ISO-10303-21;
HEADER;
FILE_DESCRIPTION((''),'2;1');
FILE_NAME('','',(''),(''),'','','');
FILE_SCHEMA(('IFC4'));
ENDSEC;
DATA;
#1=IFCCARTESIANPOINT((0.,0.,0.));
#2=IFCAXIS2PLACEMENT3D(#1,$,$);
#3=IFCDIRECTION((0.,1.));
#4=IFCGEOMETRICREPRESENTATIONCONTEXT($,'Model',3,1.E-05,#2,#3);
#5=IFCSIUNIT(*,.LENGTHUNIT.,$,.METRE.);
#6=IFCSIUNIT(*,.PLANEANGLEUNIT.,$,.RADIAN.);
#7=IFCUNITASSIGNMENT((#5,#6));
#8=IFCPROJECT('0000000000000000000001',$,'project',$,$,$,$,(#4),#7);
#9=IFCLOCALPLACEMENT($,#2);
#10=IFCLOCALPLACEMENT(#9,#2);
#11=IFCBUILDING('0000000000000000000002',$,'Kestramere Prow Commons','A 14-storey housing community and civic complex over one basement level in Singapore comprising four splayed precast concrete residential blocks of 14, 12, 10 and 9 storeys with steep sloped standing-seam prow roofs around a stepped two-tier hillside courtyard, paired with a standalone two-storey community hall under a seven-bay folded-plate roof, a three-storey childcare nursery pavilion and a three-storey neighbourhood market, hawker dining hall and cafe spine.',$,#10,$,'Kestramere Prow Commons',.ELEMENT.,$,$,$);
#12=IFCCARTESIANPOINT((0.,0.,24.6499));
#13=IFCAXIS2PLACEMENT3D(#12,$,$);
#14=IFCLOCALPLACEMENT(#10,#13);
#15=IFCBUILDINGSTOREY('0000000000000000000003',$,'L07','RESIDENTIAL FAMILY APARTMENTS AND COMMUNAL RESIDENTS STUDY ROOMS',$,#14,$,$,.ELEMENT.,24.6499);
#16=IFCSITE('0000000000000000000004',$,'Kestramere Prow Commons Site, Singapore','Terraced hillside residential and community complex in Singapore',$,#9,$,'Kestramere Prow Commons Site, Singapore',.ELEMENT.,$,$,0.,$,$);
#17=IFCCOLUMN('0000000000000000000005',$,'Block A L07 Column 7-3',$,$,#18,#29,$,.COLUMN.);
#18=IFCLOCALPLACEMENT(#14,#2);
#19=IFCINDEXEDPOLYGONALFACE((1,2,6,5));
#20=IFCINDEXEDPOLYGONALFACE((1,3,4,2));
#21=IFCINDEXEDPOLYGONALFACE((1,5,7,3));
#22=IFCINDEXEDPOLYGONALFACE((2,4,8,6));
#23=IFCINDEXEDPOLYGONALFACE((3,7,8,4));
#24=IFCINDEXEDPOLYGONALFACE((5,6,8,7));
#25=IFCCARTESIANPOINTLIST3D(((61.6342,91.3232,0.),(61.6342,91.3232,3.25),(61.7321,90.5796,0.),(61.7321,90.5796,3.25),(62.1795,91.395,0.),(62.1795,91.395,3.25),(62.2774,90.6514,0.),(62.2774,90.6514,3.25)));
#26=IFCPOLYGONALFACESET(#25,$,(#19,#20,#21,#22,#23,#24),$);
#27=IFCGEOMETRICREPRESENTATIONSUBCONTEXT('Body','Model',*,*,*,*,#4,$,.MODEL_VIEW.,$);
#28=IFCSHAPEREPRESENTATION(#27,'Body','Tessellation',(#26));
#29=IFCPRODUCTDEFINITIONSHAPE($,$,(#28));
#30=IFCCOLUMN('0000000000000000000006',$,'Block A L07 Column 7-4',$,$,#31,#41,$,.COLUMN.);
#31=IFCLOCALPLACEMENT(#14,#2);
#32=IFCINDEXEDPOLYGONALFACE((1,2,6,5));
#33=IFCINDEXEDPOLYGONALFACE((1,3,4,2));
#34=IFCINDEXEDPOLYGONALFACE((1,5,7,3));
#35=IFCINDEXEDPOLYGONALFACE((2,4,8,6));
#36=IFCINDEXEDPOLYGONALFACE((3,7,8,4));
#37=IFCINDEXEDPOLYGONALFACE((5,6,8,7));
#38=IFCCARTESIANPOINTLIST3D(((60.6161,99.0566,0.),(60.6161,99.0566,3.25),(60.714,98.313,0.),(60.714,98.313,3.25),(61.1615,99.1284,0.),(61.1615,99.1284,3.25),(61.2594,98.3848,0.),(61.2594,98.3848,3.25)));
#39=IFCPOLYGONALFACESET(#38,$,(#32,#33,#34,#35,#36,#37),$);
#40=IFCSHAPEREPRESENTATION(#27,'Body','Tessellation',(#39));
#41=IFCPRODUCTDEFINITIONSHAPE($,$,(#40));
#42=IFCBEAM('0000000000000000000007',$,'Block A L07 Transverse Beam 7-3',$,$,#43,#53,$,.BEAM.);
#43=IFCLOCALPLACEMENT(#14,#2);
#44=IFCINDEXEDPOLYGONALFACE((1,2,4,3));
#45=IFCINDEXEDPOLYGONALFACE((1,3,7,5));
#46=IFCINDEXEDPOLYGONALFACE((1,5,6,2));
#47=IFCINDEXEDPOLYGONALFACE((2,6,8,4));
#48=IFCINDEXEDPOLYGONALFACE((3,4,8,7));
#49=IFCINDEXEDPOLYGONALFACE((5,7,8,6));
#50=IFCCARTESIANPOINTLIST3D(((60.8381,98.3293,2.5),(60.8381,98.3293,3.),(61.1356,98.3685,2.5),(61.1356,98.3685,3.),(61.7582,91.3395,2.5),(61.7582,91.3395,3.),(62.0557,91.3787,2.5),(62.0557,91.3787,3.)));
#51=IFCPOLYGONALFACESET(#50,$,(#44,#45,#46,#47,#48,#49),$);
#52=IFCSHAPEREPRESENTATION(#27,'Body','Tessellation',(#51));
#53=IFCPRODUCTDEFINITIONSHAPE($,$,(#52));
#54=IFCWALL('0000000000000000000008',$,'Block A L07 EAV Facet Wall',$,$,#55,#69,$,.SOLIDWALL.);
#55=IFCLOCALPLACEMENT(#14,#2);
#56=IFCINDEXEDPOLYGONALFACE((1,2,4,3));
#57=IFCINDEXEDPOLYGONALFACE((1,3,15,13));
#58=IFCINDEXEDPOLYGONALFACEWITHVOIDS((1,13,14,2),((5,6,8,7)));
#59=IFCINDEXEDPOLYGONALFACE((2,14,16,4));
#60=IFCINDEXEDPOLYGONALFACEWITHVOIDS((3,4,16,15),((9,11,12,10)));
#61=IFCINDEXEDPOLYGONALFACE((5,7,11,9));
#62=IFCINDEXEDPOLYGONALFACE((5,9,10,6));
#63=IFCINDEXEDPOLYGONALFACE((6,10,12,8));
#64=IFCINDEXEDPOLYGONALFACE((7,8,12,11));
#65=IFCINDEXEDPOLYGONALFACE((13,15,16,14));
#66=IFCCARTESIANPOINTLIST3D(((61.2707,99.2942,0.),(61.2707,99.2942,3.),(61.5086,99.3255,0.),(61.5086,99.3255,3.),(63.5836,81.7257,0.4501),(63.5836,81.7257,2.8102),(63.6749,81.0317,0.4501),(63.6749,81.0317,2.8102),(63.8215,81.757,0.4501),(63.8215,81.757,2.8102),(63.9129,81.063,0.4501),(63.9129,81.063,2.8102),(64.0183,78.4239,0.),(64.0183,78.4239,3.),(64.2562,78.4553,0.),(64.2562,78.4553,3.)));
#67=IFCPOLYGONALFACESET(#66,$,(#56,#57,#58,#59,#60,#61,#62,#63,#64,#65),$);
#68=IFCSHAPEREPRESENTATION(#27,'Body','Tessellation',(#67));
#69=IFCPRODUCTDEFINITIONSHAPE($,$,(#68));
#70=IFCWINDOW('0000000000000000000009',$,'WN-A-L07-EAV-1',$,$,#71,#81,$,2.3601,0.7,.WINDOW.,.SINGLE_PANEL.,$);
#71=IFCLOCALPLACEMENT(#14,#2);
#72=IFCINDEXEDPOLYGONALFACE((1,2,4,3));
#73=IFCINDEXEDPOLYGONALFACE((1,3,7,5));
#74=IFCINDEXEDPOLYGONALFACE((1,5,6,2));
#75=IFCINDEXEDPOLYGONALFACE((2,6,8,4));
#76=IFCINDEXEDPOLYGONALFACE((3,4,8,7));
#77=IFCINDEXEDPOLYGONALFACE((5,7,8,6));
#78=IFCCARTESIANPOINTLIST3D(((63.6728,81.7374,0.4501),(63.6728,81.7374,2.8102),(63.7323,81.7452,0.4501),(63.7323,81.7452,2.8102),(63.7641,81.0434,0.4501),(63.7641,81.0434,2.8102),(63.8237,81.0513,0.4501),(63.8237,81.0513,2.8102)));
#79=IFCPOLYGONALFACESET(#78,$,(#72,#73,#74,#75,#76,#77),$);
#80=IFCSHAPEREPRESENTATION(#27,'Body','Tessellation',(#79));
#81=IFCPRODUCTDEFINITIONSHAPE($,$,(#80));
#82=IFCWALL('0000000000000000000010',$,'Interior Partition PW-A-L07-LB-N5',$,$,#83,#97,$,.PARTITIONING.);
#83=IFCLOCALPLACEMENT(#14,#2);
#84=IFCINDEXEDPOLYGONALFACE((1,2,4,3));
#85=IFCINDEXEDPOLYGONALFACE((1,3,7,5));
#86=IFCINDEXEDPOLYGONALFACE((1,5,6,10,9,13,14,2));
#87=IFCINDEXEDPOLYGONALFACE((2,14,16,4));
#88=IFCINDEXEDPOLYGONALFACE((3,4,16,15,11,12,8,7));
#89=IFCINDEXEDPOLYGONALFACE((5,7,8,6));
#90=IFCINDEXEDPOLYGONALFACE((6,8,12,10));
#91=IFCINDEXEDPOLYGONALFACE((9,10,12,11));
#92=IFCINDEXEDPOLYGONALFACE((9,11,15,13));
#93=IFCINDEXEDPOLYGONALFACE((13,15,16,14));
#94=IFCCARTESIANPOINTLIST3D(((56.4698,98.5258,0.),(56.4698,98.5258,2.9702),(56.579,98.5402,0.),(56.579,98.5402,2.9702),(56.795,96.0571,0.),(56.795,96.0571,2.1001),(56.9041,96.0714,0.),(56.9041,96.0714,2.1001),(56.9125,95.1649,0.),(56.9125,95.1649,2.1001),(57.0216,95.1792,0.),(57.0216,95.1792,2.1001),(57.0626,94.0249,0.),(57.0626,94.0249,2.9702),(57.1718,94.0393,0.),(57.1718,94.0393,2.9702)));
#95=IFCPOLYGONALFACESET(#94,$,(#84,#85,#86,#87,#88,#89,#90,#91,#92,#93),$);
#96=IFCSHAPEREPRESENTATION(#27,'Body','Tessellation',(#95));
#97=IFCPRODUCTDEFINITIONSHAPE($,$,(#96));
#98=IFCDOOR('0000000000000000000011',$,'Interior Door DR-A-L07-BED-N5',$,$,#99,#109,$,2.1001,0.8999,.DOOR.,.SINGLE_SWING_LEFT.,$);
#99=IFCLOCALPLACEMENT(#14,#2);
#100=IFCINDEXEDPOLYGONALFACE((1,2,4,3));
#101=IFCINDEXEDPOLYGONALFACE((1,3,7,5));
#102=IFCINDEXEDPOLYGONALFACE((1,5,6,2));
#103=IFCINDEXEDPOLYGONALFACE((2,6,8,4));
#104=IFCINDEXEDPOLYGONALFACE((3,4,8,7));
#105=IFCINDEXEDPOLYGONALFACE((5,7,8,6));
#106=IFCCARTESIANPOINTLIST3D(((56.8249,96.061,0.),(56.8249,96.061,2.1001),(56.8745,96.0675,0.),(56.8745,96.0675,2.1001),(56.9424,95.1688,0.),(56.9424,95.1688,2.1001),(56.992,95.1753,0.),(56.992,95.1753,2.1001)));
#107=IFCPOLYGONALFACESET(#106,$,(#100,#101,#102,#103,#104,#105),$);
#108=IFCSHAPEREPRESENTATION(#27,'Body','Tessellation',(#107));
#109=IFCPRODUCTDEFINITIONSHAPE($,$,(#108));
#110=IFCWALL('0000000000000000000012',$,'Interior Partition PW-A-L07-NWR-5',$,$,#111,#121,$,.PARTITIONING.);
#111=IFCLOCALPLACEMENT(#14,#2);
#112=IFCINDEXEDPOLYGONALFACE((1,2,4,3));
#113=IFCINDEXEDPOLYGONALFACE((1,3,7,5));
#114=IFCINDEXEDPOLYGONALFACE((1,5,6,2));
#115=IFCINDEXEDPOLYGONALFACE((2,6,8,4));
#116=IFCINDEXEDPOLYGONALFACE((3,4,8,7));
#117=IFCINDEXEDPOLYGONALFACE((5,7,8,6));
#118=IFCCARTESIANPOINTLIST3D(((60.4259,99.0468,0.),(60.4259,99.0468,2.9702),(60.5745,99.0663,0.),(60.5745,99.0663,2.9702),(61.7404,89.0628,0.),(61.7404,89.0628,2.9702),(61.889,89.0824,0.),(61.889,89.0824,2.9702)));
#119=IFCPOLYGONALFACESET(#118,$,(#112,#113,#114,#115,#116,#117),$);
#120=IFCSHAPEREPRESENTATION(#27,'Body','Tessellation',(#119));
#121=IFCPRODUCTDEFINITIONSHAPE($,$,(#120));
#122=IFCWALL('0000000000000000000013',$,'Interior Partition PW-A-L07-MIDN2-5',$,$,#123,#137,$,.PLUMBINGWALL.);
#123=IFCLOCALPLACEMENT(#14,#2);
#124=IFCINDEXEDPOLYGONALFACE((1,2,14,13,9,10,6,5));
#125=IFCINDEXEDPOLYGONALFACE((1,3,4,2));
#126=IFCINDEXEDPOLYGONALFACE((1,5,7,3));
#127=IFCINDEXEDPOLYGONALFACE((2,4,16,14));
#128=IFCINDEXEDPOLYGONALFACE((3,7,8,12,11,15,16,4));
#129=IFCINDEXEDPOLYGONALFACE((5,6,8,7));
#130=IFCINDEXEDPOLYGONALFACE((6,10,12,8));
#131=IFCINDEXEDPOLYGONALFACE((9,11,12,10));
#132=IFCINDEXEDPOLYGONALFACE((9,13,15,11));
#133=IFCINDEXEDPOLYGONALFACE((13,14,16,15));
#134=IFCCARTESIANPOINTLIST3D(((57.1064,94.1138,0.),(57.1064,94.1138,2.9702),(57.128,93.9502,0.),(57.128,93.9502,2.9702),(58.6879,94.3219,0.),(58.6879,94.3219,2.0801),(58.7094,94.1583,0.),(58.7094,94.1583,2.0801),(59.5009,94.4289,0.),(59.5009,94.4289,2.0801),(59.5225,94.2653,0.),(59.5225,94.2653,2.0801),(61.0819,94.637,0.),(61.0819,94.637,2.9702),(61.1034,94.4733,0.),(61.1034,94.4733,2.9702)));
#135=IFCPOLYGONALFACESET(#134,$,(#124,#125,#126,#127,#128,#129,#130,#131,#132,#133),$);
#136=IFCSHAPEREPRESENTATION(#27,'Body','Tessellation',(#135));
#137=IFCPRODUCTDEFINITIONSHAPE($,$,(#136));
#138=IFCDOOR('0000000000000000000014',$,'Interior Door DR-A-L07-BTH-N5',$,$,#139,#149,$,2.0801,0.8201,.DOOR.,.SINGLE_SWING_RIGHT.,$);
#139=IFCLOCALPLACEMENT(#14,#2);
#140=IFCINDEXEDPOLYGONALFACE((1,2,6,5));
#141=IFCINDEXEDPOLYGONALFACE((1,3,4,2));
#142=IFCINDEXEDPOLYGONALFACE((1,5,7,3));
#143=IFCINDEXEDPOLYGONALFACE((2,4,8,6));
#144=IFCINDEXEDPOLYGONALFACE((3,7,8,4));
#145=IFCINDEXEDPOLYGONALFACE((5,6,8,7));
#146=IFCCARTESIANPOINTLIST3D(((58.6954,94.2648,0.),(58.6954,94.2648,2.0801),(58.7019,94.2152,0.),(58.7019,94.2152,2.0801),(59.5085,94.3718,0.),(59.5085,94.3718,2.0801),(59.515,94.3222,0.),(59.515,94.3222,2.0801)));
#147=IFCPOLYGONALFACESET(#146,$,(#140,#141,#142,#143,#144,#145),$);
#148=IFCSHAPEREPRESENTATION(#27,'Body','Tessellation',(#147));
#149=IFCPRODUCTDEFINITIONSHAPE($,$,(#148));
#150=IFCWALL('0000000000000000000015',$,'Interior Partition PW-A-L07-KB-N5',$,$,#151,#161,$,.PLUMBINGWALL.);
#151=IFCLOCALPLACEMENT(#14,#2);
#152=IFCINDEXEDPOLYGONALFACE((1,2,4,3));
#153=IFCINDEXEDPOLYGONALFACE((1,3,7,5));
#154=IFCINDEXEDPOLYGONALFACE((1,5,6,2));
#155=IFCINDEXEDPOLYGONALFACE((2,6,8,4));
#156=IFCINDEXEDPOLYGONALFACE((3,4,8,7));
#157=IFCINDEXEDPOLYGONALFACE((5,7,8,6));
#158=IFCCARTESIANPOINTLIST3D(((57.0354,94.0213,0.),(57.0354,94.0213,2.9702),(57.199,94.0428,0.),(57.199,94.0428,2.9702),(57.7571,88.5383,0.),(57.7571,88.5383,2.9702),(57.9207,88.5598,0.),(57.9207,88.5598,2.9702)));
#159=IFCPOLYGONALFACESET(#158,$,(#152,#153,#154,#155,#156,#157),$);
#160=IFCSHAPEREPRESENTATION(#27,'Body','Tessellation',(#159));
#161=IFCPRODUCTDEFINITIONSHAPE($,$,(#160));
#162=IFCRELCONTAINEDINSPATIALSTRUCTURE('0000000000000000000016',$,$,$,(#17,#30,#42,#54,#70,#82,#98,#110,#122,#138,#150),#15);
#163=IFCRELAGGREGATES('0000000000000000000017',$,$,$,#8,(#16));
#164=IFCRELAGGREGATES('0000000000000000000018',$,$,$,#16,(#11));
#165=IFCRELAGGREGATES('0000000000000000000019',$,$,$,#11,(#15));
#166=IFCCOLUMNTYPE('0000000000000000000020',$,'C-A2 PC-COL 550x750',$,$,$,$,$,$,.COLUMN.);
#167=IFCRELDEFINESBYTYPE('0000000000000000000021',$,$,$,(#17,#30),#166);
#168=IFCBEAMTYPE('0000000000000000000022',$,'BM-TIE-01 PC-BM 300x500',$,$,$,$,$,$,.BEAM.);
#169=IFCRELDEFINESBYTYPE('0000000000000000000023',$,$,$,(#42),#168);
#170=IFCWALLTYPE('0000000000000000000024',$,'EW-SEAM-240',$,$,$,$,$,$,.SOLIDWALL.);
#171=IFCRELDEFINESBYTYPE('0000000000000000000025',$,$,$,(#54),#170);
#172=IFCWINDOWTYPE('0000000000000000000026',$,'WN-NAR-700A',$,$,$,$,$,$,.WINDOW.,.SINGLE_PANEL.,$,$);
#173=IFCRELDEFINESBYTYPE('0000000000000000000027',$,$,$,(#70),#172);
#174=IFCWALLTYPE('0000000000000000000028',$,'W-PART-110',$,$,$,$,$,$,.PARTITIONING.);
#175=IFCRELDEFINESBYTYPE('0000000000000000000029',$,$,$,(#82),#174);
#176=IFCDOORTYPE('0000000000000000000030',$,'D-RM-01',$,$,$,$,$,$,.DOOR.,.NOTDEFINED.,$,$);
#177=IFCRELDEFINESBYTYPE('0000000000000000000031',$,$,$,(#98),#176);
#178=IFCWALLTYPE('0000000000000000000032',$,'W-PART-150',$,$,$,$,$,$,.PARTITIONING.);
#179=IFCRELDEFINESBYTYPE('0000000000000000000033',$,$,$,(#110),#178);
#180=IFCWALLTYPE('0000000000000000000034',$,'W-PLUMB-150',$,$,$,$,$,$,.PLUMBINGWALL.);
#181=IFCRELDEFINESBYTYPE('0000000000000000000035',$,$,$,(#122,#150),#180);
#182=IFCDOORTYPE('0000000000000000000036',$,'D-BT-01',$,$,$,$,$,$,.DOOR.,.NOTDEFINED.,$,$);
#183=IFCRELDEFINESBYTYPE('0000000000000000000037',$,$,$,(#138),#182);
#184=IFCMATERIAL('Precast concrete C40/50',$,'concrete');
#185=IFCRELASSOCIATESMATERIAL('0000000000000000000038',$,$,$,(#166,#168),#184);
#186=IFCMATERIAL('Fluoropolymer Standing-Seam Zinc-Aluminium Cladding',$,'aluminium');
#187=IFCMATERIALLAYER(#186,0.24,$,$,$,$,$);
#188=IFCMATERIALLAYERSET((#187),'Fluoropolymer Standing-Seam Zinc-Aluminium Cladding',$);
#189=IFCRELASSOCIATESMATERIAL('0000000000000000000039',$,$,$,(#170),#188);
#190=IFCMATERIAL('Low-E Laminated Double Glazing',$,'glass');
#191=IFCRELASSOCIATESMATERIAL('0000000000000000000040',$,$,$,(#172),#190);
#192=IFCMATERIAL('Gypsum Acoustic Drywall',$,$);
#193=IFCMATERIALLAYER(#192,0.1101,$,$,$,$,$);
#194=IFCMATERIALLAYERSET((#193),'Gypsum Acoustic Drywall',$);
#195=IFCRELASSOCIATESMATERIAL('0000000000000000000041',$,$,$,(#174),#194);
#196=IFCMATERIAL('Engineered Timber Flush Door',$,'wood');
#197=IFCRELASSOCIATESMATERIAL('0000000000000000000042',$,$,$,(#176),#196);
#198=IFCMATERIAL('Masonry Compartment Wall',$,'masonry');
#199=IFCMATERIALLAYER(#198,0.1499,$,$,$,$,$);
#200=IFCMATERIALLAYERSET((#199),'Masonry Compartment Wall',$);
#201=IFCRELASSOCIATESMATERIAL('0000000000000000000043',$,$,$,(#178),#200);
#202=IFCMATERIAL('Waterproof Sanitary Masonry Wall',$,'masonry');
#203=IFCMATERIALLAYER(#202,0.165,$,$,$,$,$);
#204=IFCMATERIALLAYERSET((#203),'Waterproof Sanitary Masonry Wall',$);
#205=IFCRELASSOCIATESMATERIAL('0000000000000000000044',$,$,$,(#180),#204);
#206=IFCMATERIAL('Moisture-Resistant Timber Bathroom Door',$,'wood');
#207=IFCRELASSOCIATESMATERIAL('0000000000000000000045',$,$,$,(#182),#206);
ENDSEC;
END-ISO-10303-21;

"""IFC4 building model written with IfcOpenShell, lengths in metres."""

from ifc_helpers import new_model, si_unit, direction, frame, frame_2d, origin, origin_2d, place, context, subcontext, project, spatial, rectangle, extrude, material, layer, layer_set, material_profile, profile_set, type_object, element, fill, save


model = new_model("IFC4")

# Units and contexts
model_context = context("Model", 3, precision=1e-05, world=origin(), true_north=direction((0.0, 1.0)))
body_context = subcontext(model_context, "Body", "Model", "MODEL_VIEW")
ifc_project = project(units=[si_unit("LENGTHUNIT", "METRE"), si_unit("PLANEANGLEUNIT", "RADIAN")], contexts=[model_context])

# Site, building, storey
site_placement = place(None, origin())
site = spatial("IfcSite", under=ifc_project, at=site_placement, Name="Kestramere Prow Commons Site, Singapore", Description="Terraced hillside residential and community complex in Singapore", LongName="Kestramere Prow Commons Site, Singapore", CompositionType="ELEMENT", RefElevation=0.0)
building_placement = place(site_placement, origin())
building = spatial("IfcBuilding", under=site, at=building_placement, Name="Kestramere Prow Commons", Description="A 14-storey housing community and civic complex over one basement level in Singapore comprising four splayed precast concrete residential blocks of 14, 12, 10 and 9 storeys with steep sloped standing-seam prow roofs around a stepped two-tier hillside courtyard, paired with a standalone two-storey community hall under a seven-bay folded-plate roof, a three-storey childcare nursery pavilion and a three-storey neighbourhood market, hawker dining hall and cafe spine.", LongName="Kestramere Prow Commons", CompositionType="ELEMENT")
storey_placement = place(building_placement, frame((0.0, 0.0, 24.6499)))
storey = spatial("IfcBuildingStorey", under=building, at=storey_placement, Name="L07", Description="RESIDENTIAL FAMILY APARTMENTS AND COMMUNAL RESIDENTS STUDY ROOMS", CompositionType="ELEMENT", Elevation=24.6499)

# Columns
ifc_material_1 = material(Name="Precast concrete C40/50", Category="concrete")
ifc_material_profile_1 = material_profile(ifc_material_1, rectangle(XDim=0.55, YDim=0.75, at=origin_2d()), Name="PC-COL 550x750")
ifc_profile_set_1 = profile_set([ifc_material_profile_1], Name="Precast concrete C40/50")
column_type = type_object("IfcColumnType", Name="C-A2 PC-COL 550x750", PredefinedType="COLUMN", material=ifc_profile_set_1)
for number, where, z_axis, x_axis, name in (
    (1, (61.9558, 90.9873, 0.0), (0.0, 0.0, 1.0), (0.991445, 0.130526, 0.0), "Block A L07 Column 7-3"),
    (2, (60.9377, 98.7207, 0.0), (0.0, 0.0, 1.0), (0.991445, 0.130526, 0.0), "Block A L07 Column 7-4"),
):
    element("IfcColumn", number, at=place(storey_placement, frame(where, z_axis=z_axis, x_axis=x_axis)), inside=storey, type_object=column_type, Name=name, PredefinedType="COLUMN", context=body_context, shape_type="SweptSolid", body=[
        extrude(rectangle(XDim=0.55, YDim=0.75, at=origin_2d()), origin(), (0.0, 0.0, 1.0), 3.25),
    ])

# Beam
ifc_material_profile_2 = material_profile(ifc_material_1, rectangle(XDim=0.3, YDim=0.5, at=origin_2d()), Name="PC-BM 300x500")
ifc_profile_set_2 = profile_set([ifc_material_profile_2], Name="Precast concrete C40/50")
beam_type = type_object("IfcBeamType", Name="BM-TIE-01 PC-BM 300x500", PredefinedType="BEAM", material=ifc_profile_set_2)
beam_placement = place(storey_placement, frame((61.907, 91.3591, 2.75), z_axis=(-0.130519, 0.991446, 0.0), x_axis=(-0.991446, -0.130519, 0.0)))
element("IfcBeam", 3, at=beam_placement, inside=storey, type_object=beam_type, Name="Block A L07 Transverse Beam 7-3", PredefinedType="BEAM", context=body_context, shape_type="SweptSolid", body=[
    extrude(rectangle(XDim=0.3, YDim=0.5, at=origin_2d()), origin(), (0.0, 0.0, 1.0), 7.05),
])

# Wall, opening, window
ifc_material_2 = material(Name="Fluoropolymer Standing-Seam Zinc-Aluminium Cladding", Category="aluminium")
ifc_layer_1 = layer(ifc_material_2, 0.24)
ifc_layer_set_1 = layer_set([ifc_layer_1], Name="Fluoropolymer Standing-Seam Zinc-Aluminium Cladding")
wall_type_1 = type_object("IfcWallType", Name="EW-SEAM-240", PredefinedType="SOLIDWALL", material=ifc_layer_set_1)
wall_1_placement = place(storey_placement, frame((61.3896, 99.3098, 0.0), z_axis=(0.0, 0.0, 1.0), x_axis=(0.130524, -0.991445, 0.0)))
wall_1 = element("IfcWall", 4, at=wall_1_placement, inside=storey, type_object=wall_type_1, Name="Block A L07 EAV Facet Wall", PredefinedType="SOLIDWALL", context=body_context, shape_type="SweptSolid", body=[
    extrude(rectangle(XDim=21.0503, YDim=0.24, at=frame_2d((10.5251, 0.0))), origin(), (0.0, 0.0, 1.0), 3.0),
])
opening_1_placement = place(wall_1_placement, frame((17.72, 0.0, 0.45)))
opening_1 = element("IfcOpeningElement", 5, at=opening_1_placement, cuts=wall_1, PredefinedType="OPENING", context=body_context, shape_type="SweptSolid", body=[
    extrude(rectangle(XDim=0.7, YDim=2.3601, at=frame_2d((0.3501, 1.1802))), frame((0.0, 0.135, 0.0), z_axis=(0.0, -1.0, 0.0), x_axis=(1.0, 0.0, 0.0)), (0.0, 0.0, 1.0), 0.27),
])
ifc_material_3 = material(Name="Low-E Laminated Double Glazing", Category="glass")
window_type = type_object("IfcWindowType", Name="WN-NAR-700A", PartitioningType="SINGLE_PANEL", PredefinedType="WINDOW", material=ifc_material_3)
window_placement = place(opening_1_placement, origin())
window = element("IfcWindow", 6, at=window_placement, inside=storey, type_object=window_type, Name="WN-A-L07-EAV-1", OverallHeight=2.3601, OverallWidth=0.7, PartitioningType="SINGLE_PANEL", PredefinedType="WINDOW", context=body_context, shape_type="SweptSolid", body=[
    extrude(rectangle(XDim=0.7, YDim=2.3601, at=frame_2d((0.3501, 1.1802))), frame((0.0, 0.03, 0.0), z_axis=(0.0, -1.0, 0.0), x_axis=(1.0, 0.0, 0.0)), (0.0, 0.0, 1.0), 0.0601),
])
fill(opening_1, window)

# Wall, opening, door
ifc_material_4 = material(Name="Gypsum Acoustic Drywall")
ifc_layer_2 = layer(ifc_material_4, 0.1101)
ifc_layer_set_2 = layer_set([ifc_layer_2], Name="Gypsum Acoustic Drywall")
wall_type_2 = type_object("IfcWallType", Name="W-PART-110", PredefinedType="PARTITIONING", material=ifc_layer_set_2)
wall_2_placement = place(storey_placement, frame((57.1172, 94.032, 0.0), z_axis=(0.0, 0.0, 1.0), x_axis=(-0.130571, 0.991439, 0.0)))
wall_2 = element("IfcWall", 7, at=wall_2_placement, inside=storey, type_object=wall_type_2, Name="Interior Partition PW-A-L07-LB-N5", PredefinedType="PARTITIONING", context=body_context, shape_type="SweptSolid", body=[
    extrude(rectangle(XDim=4.5398, YDim=0.1101, at=frame_2d((2.27, 0.0))), origin(), (0.0, 0.0, 1.0), 2.9702),
])
opening_2_placement = place(wall_2_placement, frame((1.1499, 0.0, 0.0)))
opening_2 = element("IfcOpeningElement", 8, at=opening_2_placement, cuts=wall_2, PredefinedType="OPENING", context=body_context, shape_type="SweptSolid", body=[
    extrude(rectangle(XDim=0.8999, YDim=2.1001, at=frame_2d((0.45, 1.05))), frame((0.0, 0.0701, 0.0), z_axis=(0.0, -1.0, 0.0), x_axis=(1.0, 0.0, 0.0)), (0.0, 0.0, 1.0), 0.1401),
])
ifc_material_5 = material(Name="Engineered Timber Flush Door", Category="wood")
door_type_1 = type_object("IfcDoorType", Name="D-RM-01", OperationType="NOTDEFINED", PredefinedType="DOOR", material=ifc_material_5)
door_1_placement = place(opening_2_placement, origin())
door_1 = element("IfcDoor", 9, at=door_1_placement, inside=storey, type_object=door_type_1, Name="Interior Door DR-A-L07-BED-N5", OperationType="SINGLE_SWING_LEFT", OverallHeight=2.1001, OverallWidth=0.8999, PredefinedType="DOOR", context=body_context, shape_type="SweptSolid", body=[
    extrude(rectangle(XDim=0.8999, YDim=2.1001, at=frame_2d((0.45, 1.05))), frame((0.0, 0.0249, 0.0), z_axis=(0.0, -1.0, 0.0), x_axis=(1.0, 0.0, 0.0)), (0.0, 0.0, 1.0), 0.05),
])
fill(opening_2, door_1)

# Wall
ifc_material_6 = material(Name="Masonry Compartment Wall", Category="masonry")
ifc_layer_3 = layer(ifc_material_6, 0.1499)
ifc_layer_set_3 = layer_set([ifc_layer_3], Name="Masonry Compartment Wall")
wall_type_3 = type_object("IfcWallType", Name="W-PART-150", PredefinedType="PARTITIONING", material=ifc_layer_set_3)
wall_3_placement = place(storey_placement, frame((61.8147, 89.0725, 0.0), z_axis=(0.0, 0.0, 1.0), x_axis=(-0.130531, 0.991444, 0.0)))
element("IfcWall", 10, at=wall_3_placement, inside=storey, type_object=wall_type_3, Name="Interior Partition PW-A-L07-NWR-5", PredefinedType="PARTITIONING", context=body_context, shape_type="SweptSolid", body=[
    extrude(rectangle(XDim=10.0701, YDim=0.1499, at=frame_2d((5.0352, 0.0))), origin(), (0.0, 0.0, 1.0), 2.9702),
])

# Wall, opening, door
ifc_material_7 = material(Name="Waterproof Sanitary Masonry Wall", Category="masonry")
ifc_layer_4 = layer(ifc_material_7, 0.165)
ifc_layer_set_4 = layer_set([ifc_layer_4], Name="Waterproof Sanitary Masonry Wall")
wall_type_4 = type_object("IfcWallType", Name="W-PLUMB-150", PredefinedType="PLUMBINGWALL", material=ifc_layer_set_4)
wall_4_placement = place(storey_placement, frame((57.1172, 94.032, 0.0), z_axis=(0.0, 0.0, 1.0), x_axis=(0.991451, 0.130477, 0.0)))
wall_4 = element("IfcWall", 11, at=wall_4_placement, inside=storey, type_object=wall_type_4, Name="Interior Partition PW-A-L07-MIDN2-5", PredefinedType="PLUMBINGWALL", context=body_context, shape_type="SweptSolid", body=[
    extrude(rectangle(XDim=4.0098, YDim=0.165, at=frame_2d((2.0049, 0.0))), origin(), (0.0, 0.0, 1.0), 2.9702),
])
opening_3_placement = place(wall_4_placement, frame((1.595, 0.0, 0.0)))
opening_3 = element("IfcOpeningElement", 12, at=opening_3_placement, cuts=wall_4, PredefinedType="OPENING", context=body_context, shape_type="SweptSolid", body=[
    extrude(rectangle(XDim=0.8201, YDim=2.0801, at=frame_2d((0.4102, 1.04))), frame((0.0, 0.0974, 0.0), z_axis=(0.0, -1.0, 0.0), x_axis=(1.0, 0.0, 0.0)), (0.0, 0.0, 1.0), 0.1951),
])
ifc_material_8 = material(Name="Moisture-Resistant Timber Bathroom Door", Category="wood")
door_type_2 = type_object("IfcDoorType", Name="D-BT-01", OperationType="NOTDEFINED", PredefinedType="DOOR", material=ifc_material_8)
door_2_placement = place(opening_3_placement, origin())
door_2 = element("IfcDoor", 13, at=door_2_placement, inside=storey, type_object=door_type_2, Name="Interior Door DR-A-L07-BTH-N5", OperationType="SINGLE_SWING_RIGHT", OverallHeight=2.0801, OverallWidth=0.8201, PredefinedType="DOOR", context=body_context, shape_type="SweptSolid", body=[
    extrude(rectangle(XDim=0.8201, YDim=2.0801, at=frame_2d((0.4102, 1.04))), frame((0.0, 0.0249, 0.0), z_axis=(0.0, -1.0, 0.0), x_axis=(1.0, 0.0, 0.0)), (0.0, 0.0, 1.0), 0.05),
])
fill(opening_3, door_2)

# Wall
wall_5_placement = place(storey_placement, frame((57.8389, 88.5491, 0.0), z_axis=(0.0, 0.0, 1.0), x_axis=(-0.130498, 0.991449, 0.0)))
element("IfcWall", 14, at=wall_5_placement, inside=storey, type_object=wall_type_4, Name="Interior Partition PW-A-L07-KB-N5", PredefinedType="PLUMBINGWALL", context=body_context, shape_type="SweptSolid", body=[
    extrude(rectangle(XDim=5.5303, YDim=0.165, at=frame_2d((2.7651, 0.0))), origin(), (0.0, 0.0, 1.0), 2.9702),
])

save(model, "model.ifc")
